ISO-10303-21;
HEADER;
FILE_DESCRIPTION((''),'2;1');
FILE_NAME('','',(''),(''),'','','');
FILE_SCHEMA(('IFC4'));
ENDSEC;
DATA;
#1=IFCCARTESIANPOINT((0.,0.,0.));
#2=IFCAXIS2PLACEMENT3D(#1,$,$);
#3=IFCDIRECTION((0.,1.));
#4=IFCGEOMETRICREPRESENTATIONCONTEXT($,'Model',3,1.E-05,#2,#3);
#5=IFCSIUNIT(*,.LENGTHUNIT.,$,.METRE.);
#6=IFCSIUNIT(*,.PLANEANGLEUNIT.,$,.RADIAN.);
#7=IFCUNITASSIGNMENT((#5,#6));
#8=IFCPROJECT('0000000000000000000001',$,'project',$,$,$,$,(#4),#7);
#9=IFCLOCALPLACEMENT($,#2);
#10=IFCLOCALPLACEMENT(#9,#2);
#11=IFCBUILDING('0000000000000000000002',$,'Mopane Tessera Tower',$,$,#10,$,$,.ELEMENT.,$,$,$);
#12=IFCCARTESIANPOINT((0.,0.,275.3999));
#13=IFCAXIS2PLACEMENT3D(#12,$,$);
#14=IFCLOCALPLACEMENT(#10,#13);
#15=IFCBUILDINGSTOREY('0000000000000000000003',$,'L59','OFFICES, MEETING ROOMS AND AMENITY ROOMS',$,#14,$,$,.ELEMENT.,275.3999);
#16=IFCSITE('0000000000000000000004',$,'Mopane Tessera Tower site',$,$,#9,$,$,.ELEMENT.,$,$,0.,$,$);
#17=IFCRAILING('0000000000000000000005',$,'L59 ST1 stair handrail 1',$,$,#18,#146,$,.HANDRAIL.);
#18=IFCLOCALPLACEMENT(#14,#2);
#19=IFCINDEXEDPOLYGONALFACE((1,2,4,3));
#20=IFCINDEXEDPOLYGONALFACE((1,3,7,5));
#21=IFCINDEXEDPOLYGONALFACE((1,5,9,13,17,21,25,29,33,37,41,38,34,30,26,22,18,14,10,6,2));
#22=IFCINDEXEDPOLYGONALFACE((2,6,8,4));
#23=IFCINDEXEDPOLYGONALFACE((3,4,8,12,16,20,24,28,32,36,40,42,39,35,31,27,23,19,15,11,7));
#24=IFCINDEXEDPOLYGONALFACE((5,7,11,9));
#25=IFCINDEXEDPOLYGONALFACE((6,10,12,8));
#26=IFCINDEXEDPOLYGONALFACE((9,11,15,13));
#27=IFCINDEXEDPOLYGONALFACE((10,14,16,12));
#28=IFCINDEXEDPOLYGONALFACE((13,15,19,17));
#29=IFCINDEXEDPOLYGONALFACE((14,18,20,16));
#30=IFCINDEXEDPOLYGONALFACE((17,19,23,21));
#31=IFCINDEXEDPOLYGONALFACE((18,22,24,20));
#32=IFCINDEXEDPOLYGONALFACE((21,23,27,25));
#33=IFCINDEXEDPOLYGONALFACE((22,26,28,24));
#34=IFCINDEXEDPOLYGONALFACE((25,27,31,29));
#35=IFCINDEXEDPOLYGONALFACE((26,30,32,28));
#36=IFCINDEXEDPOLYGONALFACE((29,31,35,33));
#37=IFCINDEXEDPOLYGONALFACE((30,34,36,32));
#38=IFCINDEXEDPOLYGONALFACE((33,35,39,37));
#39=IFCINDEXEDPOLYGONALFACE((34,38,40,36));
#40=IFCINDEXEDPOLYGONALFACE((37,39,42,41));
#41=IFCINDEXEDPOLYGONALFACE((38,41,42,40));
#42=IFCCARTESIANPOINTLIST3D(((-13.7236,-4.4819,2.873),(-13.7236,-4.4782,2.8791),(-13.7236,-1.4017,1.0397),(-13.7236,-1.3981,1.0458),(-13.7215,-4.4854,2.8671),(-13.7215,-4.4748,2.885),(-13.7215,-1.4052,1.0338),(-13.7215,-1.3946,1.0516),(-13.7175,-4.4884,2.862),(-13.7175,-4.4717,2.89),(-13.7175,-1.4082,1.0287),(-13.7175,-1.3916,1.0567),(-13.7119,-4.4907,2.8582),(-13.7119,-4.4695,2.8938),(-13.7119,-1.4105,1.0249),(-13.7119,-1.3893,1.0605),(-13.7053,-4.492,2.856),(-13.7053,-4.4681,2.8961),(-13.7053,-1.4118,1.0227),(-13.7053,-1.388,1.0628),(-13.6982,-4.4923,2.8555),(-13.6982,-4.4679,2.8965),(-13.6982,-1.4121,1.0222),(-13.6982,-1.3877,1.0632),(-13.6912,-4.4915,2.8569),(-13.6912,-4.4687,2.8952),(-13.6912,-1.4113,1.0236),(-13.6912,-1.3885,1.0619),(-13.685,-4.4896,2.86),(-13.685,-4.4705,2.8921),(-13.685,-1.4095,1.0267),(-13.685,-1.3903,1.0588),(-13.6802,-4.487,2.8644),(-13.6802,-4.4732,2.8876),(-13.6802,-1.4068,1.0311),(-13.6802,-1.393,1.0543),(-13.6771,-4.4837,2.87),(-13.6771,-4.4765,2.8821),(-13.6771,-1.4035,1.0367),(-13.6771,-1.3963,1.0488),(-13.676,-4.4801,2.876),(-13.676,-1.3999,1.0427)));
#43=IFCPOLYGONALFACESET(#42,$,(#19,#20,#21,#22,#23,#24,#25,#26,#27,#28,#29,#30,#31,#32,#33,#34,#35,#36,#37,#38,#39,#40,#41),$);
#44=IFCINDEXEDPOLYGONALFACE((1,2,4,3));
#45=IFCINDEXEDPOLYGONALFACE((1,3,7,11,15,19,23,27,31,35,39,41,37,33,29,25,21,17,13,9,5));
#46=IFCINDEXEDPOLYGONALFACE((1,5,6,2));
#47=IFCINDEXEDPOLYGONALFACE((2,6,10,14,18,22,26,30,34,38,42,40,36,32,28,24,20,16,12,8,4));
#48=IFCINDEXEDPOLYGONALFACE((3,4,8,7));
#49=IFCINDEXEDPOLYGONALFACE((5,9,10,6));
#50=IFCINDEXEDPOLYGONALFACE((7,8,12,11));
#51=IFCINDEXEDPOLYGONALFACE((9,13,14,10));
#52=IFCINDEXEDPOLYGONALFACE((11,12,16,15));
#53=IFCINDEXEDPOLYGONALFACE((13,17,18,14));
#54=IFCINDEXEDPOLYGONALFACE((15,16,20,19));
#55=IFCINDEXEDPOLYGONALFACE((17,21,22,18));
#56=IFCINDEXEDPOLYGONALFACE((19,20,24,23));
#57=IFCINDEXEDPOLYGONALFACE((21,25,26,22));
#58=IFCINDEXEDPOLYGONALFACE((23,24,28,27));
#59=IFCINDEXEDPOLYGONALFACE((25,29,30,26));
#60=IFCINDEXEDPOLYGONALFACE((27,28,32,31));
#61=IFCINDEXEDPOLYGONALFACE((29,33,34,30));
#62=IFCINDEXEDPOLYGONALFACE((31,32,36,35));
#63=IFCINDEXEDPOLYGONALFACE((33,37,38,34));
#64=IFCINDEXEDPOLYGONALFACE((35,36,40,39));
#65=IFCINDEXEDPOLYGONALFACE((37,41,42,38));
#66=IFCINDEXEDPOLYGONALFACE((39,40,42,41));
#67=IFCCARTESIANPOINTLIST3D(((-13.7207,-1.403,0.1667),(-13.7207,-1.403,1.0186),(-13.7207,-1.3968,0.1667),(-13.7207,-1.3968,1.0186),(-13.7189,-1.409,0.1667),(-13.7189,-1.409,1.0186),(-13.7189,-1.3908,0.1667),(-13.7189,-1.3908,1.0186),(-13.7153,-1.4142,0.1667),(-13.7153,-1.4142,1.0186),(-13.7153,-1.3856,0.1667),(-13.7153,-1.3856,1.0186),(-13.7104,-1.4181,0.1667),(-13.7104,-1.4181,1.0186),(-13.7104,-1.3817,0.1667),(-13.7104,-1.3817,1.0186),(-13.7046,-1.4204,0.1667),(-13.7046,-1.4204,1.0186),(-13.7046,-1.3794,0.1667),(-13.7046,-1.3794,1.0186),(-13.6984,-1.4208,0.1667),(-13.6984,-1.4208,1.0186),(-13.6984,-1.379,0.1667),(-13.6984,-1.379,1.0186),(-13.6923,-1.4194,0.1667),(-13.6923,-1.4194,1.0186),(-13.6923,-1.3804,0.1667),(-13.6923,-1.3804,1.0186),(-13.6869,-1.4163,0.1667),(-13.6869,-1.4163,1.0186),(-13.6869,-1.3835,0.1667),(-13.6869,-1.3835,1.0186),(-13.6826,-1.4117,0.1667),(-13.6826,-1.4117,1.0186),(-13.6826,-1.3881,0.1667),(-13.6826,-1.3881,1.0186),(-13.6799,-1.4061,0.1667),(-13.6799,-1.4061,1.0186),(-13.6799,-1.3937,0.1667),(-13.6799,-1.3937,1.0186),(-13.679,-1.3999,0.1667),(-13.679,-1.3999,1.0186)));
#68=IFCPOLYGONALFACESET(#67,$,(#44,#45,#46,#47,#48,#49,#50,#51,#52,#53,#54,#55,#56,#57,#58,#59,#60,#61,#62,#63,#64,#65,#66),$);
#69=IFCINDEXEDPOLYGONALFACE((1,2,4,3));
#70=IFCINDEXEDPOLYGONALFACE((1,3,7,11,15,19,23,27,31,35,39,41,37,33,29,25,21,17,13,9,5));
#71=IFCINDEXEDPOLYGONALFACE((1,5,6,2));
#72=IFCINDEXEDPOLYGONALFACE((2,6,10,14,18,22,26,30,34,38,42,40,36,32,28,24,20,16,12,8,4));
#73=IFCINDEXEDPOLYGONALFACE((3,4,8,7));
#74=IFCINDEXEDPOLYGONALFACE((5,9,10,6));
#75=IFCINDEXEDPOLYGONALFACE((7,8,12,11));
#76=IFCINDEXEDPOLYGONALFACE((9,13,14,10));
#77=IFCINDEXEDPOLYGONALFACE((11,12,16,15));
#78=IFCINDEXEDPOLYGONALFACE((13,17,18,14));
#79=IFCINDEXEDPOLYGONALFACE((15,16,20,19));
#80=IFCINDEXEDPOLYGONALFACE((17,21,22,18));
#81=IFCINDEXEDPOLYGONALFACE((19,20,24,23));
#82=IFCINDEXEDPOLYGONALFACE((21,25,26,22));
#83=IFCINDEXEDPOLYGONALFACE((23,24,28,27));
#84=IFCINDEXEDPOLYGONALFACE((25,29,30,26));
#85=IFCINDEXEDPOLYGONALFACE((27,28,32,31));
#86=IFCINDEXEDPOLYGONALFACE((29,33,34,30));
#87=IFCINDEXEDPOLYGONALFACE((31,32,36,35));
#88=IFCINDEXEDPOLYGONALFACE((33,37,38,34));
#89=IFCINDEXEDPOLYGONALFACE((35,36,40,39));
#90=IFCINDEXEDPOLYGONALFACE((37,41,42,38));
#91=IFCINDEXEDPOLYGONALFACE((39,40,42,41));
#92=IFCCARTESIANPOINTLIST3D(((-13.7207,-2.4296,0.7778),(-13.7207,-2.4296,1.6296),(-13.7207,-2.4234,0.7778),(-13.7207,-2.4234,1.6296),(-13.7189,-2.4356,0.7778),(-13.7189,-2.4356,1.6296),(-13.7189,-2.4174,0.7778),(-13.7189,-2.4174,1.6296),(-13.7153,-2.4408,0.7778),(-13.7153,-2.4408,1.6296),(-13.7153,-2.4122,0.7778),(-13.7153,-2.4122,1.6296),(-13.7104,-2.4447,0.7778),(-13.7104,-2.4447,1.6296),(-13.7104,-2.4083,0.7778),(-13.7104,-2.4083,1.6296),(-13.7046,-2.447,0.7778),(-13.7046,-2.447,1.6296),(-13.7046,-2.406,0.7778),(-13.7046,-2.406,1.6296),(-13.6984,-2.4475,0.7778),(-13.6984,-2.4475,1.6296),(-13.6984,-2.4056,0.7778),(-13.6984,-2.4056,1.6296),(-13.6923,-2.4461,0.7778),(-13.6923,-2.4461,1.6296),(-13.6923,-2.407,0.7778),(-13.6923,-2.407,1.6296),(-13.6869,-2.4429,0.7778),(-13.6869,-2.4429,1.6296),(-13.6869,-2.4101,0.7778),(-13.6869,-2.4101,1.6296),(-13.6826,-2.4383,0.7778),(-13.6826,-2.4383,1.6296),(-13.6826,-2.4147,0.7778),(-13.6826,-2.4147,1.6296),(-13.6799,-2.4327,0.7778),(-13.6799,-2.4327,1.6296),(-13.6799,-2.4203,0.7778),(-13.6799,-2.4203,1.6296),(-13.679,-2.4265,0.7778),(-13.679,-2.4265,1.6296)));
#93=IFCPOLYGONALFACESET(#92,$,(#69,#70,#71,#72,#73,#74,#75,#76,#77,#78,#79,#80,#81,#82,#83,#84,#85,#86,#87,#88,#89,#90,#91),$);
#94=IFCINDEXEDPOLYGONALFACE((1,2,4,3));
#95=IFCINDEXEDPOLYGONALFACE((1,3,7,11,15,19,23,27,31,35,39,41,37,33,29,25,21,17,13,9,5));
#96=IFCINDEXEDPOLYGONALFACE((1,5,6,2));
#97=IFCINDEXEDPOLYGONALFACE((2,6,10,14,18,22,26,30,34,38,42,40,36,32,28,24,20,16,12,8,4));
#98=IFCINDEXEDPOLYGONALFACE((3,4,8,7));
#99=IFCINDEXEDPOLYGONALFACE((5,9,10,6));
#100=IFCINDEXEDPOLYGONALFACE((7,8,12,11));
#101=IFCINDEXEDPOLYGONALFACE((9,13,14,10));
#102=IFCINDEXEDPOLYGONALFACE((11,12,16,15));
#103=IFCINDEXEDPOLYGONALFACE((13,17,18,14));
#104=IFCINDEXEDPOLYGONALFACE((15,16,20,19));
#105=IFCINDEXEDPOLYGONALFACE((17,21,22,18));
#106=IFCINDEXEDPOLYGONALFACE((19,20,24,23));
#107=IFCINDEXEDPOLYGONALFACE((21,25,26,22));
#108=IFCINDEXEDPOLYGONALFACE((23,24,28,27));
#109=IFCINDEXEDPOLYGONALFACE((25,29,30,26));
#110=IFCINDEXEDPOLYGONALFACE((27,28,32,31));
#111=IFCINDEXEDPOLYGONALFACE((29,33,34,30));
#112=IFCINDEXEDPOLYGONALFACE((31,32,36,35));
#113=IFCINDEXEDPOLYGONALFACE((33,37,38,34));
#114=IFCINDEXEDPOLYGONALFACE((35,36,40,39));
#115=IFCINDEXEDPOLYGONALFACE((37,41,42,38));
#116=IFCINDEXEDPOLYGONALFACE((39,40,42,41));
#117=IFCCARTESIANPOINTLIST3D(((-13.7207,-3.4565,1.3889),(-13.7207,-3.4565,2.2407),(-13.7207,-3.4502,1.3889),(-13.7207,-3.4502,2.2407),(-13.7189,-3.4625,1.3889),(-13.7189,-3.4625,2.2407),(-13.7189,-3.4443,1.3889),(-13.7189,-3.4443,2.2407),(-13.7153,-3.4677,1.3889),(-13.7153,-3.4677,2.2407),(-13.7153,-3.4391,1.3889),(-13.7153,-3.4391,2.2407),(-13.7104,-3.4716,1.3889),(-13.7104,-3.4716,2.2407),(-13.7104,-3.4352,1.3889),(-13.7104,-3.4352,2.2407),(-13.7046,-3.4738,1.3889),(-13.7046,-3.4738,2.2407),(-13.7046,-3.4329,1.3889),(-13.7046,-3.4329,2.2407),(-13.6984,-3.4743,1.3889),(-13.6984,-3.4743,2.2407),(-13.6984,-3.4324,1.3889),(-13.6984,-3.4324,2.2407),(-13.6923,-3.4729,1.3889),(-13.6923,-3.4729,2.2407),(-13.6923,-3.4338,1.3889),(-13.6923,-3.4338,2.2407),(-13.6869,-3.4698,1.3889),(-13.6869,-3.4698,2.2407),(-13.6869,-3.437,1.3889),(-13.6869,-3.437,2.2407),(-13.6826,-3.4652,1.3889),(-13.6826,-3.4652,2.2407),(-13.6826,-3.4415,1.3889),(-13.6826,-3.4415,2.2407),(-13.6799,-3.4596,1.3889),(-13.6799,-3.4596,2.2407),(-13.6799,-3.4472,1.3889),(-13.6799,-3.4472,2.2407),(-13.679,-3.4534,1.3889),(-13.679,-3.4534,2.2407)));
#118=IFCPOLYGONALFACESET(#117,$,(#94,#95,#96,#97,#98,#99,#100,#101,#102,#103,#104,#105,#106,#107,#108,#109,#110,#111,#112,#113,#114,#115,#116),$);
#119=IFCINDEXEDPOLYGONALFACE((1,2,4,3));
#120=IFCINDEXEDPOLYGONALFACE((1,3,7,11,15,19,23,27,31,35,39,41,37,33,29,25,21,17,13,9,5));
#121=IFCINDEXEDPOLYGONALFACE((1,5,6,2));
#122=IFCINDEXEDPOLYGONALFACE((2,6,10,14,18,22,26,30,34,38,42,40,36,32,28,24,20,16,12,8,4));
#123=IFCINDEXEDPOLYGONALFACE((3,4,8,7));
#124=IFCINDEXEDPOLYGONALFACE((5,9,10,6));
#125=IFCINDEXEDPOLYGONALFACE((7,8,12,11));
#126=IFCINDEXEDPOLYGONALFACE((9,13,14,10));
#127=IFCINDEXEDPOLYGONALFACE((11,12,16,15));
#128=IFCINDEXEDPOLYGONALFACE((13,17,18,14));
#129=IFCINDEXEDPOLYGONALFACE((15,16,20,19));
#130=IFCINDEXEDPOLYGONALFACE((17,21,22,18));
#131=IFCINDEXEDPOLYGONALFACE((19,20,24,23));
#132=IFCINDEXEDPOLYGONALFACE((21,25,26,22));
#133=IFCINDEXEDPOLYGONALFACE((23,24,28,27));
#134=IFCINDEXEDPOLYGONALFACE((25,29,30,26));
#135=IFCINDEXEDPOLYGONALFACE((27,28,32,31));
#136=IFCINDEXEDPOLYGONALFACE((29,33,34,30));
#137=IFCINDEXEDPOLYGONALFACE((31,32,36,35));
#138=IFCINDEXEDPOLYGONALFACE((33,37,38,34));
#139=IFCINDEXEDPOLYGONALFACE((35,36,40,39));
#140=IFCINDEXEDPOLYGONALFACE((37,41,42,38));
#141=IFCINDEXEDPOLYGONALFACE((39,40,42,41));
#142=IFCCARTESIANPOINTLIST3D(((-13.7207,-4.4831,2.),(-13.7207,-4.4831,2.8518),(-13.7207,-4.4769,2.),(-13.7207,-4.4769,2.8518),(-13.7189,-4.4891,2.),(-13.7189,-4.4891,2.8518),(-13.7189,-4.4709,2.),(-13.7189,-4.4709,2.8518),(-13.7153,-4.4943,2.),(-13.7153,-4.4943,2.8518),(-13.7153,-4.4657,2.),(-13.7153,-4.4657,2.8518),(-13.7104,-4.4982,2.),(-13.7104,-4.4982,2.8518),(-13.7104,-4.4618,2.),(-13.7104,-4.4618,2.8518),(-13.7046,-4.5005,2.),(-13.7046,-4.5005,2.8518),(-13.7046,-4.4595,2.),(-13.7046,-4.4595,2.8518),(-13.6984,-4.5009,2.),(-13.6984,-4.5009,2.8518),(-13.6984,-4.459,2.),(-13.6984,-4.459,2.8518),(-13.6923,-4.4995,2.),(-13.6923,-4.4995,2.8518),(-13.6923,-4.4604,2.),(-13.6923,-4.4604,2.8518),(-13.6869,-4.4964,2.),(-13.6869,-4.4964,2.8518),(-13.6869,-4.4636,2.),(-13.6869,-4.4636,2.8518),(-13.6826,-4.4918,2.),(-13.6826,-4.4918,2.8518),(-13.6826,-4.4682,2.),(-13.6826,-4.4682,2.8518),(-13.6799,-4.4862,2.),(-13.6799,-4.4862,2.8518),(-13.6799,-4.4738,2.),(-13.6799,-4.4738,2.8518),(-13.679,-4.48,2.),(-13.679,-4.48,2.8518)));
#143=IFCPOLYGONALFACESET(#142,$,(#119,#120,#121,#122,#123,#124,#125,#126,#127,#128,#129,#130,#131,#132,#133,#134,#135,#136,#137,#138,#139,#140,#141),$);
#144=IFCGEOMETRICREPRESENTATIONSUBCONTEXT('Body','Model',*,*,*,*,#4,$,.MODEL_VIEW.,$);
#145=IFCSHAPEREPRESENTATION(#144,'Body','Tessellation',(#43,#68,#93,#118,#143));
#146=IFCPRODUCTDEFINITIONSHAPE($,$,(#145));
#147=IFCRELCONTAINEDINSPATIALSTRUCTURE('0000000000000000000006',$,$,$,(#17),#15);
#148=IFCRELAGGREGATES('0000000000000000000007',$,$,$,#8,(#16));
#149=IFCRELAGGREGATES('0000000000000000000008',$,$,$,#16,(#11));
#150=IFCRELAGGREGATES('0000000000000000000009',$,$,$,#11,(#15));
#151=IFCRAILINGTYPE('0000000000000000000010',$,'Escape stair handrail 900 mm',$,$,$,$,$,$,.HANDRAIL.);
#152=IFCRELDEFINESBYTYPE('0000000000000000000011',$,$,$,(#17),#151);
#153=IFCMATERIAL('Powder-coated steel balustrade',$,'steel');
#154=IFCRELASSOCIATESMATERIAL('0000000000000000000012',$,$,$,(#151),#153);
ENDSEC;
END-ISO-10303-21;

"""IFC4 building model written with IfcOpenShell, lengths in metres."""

from ifc_helpers import new_model, si_unit, direction, frame, origin, origin_2d, place, context, subcontext, project, spatial, circle, extrude, material, type_object, element, save


model = new_model("IFC4")

# Units and contexts
model_context = context("Model", 3, precision=1e-05, world=origin(), true_north=direction((0.0, 1.0)))
body_context = subcontext(model_context, "Body", "Model", "MODEL_VIEW")
ifc_project = project(units=[si_unit("LENGTHUNIT", "METRE"), si_unit("PLANEANGLEUNIT", "RADIAN")], contexts=[model_context])

# Site, building, storey
site_placement = place(None, origin())
site = spatial("IfcSite", under=ifc_project, at=site_placement, Name="Mopane Tessera Tower site", CompositionType="ELEMENT", RefElevation=0.0)
building_placement = place(site_placement, origin())
building = spatial("IfcBuilding", under=site, at=building_placement, Name="Mopane Tessera Tower", CompositionType="ELEMENT")
storey_placement = place(building_placement, frame((0.0, 0.0, 275.3999)))
storey = spatial("IfcBuildingStorey", under=building, at=storey_placement, Name="L59", Description="OFFICES, MEETING ROOMS AND AMENITY ROOMS", CompositionType="ELEMENT", Elevation=275.3999)

# Railing
ifc_material_1 = material(Name="Powder-coated steel balustrade", Category="steel")
railing_type = type_object("IfcRailingType", Name="Escape stair handrail 900 mm", PredefinedType="HANDRAIL", material=ifc_material_1)
railing_placement = place(storey_placement, frame((-13.7, -1.3999, 0.1667)))
element("IfcRailing", 1, at=railing_placement, inside=storey, type_object=railing_type, Name="L59 ST1 stair handrail 1", PredefinedType="HANDRAIL", context=body_context, shape_type="SweptSolid", body=[
    extrude(circle(Radius=0.0239, at=origin_2d()), frame((0.0, 0.0, 0.876), z_axis=(0.0, -0.859309, 0.511458), x_axis=(1.0, 0.0, 0.0)), (0.0, 0.0, 1.0), 3.5845),
    extrude(circle(Radius=0.021, at=origin_2d()), origin(), (0.0, 0.0, 1.0), 0.8518),
    extrude(circle(Radius=0.021, at=origin_2d()), frame((0.0, -1.0266, 0.6111)), (0.0, 0.0, 1.0), 0.8518),
    extrude(circle(Radius=0.021, at=origin_2d()), frame((0.0, -2.0535, 1.2222)), (0.0, 0.0, 1.0), 0.8518),
    extrude(circle(Radius=0.021, at=origin_2d()), frame((0.0, -3.0801, 1.8333)), (0.0, 0.0, 1.0), 0.8518),
])

save(model, "model.ifc")
